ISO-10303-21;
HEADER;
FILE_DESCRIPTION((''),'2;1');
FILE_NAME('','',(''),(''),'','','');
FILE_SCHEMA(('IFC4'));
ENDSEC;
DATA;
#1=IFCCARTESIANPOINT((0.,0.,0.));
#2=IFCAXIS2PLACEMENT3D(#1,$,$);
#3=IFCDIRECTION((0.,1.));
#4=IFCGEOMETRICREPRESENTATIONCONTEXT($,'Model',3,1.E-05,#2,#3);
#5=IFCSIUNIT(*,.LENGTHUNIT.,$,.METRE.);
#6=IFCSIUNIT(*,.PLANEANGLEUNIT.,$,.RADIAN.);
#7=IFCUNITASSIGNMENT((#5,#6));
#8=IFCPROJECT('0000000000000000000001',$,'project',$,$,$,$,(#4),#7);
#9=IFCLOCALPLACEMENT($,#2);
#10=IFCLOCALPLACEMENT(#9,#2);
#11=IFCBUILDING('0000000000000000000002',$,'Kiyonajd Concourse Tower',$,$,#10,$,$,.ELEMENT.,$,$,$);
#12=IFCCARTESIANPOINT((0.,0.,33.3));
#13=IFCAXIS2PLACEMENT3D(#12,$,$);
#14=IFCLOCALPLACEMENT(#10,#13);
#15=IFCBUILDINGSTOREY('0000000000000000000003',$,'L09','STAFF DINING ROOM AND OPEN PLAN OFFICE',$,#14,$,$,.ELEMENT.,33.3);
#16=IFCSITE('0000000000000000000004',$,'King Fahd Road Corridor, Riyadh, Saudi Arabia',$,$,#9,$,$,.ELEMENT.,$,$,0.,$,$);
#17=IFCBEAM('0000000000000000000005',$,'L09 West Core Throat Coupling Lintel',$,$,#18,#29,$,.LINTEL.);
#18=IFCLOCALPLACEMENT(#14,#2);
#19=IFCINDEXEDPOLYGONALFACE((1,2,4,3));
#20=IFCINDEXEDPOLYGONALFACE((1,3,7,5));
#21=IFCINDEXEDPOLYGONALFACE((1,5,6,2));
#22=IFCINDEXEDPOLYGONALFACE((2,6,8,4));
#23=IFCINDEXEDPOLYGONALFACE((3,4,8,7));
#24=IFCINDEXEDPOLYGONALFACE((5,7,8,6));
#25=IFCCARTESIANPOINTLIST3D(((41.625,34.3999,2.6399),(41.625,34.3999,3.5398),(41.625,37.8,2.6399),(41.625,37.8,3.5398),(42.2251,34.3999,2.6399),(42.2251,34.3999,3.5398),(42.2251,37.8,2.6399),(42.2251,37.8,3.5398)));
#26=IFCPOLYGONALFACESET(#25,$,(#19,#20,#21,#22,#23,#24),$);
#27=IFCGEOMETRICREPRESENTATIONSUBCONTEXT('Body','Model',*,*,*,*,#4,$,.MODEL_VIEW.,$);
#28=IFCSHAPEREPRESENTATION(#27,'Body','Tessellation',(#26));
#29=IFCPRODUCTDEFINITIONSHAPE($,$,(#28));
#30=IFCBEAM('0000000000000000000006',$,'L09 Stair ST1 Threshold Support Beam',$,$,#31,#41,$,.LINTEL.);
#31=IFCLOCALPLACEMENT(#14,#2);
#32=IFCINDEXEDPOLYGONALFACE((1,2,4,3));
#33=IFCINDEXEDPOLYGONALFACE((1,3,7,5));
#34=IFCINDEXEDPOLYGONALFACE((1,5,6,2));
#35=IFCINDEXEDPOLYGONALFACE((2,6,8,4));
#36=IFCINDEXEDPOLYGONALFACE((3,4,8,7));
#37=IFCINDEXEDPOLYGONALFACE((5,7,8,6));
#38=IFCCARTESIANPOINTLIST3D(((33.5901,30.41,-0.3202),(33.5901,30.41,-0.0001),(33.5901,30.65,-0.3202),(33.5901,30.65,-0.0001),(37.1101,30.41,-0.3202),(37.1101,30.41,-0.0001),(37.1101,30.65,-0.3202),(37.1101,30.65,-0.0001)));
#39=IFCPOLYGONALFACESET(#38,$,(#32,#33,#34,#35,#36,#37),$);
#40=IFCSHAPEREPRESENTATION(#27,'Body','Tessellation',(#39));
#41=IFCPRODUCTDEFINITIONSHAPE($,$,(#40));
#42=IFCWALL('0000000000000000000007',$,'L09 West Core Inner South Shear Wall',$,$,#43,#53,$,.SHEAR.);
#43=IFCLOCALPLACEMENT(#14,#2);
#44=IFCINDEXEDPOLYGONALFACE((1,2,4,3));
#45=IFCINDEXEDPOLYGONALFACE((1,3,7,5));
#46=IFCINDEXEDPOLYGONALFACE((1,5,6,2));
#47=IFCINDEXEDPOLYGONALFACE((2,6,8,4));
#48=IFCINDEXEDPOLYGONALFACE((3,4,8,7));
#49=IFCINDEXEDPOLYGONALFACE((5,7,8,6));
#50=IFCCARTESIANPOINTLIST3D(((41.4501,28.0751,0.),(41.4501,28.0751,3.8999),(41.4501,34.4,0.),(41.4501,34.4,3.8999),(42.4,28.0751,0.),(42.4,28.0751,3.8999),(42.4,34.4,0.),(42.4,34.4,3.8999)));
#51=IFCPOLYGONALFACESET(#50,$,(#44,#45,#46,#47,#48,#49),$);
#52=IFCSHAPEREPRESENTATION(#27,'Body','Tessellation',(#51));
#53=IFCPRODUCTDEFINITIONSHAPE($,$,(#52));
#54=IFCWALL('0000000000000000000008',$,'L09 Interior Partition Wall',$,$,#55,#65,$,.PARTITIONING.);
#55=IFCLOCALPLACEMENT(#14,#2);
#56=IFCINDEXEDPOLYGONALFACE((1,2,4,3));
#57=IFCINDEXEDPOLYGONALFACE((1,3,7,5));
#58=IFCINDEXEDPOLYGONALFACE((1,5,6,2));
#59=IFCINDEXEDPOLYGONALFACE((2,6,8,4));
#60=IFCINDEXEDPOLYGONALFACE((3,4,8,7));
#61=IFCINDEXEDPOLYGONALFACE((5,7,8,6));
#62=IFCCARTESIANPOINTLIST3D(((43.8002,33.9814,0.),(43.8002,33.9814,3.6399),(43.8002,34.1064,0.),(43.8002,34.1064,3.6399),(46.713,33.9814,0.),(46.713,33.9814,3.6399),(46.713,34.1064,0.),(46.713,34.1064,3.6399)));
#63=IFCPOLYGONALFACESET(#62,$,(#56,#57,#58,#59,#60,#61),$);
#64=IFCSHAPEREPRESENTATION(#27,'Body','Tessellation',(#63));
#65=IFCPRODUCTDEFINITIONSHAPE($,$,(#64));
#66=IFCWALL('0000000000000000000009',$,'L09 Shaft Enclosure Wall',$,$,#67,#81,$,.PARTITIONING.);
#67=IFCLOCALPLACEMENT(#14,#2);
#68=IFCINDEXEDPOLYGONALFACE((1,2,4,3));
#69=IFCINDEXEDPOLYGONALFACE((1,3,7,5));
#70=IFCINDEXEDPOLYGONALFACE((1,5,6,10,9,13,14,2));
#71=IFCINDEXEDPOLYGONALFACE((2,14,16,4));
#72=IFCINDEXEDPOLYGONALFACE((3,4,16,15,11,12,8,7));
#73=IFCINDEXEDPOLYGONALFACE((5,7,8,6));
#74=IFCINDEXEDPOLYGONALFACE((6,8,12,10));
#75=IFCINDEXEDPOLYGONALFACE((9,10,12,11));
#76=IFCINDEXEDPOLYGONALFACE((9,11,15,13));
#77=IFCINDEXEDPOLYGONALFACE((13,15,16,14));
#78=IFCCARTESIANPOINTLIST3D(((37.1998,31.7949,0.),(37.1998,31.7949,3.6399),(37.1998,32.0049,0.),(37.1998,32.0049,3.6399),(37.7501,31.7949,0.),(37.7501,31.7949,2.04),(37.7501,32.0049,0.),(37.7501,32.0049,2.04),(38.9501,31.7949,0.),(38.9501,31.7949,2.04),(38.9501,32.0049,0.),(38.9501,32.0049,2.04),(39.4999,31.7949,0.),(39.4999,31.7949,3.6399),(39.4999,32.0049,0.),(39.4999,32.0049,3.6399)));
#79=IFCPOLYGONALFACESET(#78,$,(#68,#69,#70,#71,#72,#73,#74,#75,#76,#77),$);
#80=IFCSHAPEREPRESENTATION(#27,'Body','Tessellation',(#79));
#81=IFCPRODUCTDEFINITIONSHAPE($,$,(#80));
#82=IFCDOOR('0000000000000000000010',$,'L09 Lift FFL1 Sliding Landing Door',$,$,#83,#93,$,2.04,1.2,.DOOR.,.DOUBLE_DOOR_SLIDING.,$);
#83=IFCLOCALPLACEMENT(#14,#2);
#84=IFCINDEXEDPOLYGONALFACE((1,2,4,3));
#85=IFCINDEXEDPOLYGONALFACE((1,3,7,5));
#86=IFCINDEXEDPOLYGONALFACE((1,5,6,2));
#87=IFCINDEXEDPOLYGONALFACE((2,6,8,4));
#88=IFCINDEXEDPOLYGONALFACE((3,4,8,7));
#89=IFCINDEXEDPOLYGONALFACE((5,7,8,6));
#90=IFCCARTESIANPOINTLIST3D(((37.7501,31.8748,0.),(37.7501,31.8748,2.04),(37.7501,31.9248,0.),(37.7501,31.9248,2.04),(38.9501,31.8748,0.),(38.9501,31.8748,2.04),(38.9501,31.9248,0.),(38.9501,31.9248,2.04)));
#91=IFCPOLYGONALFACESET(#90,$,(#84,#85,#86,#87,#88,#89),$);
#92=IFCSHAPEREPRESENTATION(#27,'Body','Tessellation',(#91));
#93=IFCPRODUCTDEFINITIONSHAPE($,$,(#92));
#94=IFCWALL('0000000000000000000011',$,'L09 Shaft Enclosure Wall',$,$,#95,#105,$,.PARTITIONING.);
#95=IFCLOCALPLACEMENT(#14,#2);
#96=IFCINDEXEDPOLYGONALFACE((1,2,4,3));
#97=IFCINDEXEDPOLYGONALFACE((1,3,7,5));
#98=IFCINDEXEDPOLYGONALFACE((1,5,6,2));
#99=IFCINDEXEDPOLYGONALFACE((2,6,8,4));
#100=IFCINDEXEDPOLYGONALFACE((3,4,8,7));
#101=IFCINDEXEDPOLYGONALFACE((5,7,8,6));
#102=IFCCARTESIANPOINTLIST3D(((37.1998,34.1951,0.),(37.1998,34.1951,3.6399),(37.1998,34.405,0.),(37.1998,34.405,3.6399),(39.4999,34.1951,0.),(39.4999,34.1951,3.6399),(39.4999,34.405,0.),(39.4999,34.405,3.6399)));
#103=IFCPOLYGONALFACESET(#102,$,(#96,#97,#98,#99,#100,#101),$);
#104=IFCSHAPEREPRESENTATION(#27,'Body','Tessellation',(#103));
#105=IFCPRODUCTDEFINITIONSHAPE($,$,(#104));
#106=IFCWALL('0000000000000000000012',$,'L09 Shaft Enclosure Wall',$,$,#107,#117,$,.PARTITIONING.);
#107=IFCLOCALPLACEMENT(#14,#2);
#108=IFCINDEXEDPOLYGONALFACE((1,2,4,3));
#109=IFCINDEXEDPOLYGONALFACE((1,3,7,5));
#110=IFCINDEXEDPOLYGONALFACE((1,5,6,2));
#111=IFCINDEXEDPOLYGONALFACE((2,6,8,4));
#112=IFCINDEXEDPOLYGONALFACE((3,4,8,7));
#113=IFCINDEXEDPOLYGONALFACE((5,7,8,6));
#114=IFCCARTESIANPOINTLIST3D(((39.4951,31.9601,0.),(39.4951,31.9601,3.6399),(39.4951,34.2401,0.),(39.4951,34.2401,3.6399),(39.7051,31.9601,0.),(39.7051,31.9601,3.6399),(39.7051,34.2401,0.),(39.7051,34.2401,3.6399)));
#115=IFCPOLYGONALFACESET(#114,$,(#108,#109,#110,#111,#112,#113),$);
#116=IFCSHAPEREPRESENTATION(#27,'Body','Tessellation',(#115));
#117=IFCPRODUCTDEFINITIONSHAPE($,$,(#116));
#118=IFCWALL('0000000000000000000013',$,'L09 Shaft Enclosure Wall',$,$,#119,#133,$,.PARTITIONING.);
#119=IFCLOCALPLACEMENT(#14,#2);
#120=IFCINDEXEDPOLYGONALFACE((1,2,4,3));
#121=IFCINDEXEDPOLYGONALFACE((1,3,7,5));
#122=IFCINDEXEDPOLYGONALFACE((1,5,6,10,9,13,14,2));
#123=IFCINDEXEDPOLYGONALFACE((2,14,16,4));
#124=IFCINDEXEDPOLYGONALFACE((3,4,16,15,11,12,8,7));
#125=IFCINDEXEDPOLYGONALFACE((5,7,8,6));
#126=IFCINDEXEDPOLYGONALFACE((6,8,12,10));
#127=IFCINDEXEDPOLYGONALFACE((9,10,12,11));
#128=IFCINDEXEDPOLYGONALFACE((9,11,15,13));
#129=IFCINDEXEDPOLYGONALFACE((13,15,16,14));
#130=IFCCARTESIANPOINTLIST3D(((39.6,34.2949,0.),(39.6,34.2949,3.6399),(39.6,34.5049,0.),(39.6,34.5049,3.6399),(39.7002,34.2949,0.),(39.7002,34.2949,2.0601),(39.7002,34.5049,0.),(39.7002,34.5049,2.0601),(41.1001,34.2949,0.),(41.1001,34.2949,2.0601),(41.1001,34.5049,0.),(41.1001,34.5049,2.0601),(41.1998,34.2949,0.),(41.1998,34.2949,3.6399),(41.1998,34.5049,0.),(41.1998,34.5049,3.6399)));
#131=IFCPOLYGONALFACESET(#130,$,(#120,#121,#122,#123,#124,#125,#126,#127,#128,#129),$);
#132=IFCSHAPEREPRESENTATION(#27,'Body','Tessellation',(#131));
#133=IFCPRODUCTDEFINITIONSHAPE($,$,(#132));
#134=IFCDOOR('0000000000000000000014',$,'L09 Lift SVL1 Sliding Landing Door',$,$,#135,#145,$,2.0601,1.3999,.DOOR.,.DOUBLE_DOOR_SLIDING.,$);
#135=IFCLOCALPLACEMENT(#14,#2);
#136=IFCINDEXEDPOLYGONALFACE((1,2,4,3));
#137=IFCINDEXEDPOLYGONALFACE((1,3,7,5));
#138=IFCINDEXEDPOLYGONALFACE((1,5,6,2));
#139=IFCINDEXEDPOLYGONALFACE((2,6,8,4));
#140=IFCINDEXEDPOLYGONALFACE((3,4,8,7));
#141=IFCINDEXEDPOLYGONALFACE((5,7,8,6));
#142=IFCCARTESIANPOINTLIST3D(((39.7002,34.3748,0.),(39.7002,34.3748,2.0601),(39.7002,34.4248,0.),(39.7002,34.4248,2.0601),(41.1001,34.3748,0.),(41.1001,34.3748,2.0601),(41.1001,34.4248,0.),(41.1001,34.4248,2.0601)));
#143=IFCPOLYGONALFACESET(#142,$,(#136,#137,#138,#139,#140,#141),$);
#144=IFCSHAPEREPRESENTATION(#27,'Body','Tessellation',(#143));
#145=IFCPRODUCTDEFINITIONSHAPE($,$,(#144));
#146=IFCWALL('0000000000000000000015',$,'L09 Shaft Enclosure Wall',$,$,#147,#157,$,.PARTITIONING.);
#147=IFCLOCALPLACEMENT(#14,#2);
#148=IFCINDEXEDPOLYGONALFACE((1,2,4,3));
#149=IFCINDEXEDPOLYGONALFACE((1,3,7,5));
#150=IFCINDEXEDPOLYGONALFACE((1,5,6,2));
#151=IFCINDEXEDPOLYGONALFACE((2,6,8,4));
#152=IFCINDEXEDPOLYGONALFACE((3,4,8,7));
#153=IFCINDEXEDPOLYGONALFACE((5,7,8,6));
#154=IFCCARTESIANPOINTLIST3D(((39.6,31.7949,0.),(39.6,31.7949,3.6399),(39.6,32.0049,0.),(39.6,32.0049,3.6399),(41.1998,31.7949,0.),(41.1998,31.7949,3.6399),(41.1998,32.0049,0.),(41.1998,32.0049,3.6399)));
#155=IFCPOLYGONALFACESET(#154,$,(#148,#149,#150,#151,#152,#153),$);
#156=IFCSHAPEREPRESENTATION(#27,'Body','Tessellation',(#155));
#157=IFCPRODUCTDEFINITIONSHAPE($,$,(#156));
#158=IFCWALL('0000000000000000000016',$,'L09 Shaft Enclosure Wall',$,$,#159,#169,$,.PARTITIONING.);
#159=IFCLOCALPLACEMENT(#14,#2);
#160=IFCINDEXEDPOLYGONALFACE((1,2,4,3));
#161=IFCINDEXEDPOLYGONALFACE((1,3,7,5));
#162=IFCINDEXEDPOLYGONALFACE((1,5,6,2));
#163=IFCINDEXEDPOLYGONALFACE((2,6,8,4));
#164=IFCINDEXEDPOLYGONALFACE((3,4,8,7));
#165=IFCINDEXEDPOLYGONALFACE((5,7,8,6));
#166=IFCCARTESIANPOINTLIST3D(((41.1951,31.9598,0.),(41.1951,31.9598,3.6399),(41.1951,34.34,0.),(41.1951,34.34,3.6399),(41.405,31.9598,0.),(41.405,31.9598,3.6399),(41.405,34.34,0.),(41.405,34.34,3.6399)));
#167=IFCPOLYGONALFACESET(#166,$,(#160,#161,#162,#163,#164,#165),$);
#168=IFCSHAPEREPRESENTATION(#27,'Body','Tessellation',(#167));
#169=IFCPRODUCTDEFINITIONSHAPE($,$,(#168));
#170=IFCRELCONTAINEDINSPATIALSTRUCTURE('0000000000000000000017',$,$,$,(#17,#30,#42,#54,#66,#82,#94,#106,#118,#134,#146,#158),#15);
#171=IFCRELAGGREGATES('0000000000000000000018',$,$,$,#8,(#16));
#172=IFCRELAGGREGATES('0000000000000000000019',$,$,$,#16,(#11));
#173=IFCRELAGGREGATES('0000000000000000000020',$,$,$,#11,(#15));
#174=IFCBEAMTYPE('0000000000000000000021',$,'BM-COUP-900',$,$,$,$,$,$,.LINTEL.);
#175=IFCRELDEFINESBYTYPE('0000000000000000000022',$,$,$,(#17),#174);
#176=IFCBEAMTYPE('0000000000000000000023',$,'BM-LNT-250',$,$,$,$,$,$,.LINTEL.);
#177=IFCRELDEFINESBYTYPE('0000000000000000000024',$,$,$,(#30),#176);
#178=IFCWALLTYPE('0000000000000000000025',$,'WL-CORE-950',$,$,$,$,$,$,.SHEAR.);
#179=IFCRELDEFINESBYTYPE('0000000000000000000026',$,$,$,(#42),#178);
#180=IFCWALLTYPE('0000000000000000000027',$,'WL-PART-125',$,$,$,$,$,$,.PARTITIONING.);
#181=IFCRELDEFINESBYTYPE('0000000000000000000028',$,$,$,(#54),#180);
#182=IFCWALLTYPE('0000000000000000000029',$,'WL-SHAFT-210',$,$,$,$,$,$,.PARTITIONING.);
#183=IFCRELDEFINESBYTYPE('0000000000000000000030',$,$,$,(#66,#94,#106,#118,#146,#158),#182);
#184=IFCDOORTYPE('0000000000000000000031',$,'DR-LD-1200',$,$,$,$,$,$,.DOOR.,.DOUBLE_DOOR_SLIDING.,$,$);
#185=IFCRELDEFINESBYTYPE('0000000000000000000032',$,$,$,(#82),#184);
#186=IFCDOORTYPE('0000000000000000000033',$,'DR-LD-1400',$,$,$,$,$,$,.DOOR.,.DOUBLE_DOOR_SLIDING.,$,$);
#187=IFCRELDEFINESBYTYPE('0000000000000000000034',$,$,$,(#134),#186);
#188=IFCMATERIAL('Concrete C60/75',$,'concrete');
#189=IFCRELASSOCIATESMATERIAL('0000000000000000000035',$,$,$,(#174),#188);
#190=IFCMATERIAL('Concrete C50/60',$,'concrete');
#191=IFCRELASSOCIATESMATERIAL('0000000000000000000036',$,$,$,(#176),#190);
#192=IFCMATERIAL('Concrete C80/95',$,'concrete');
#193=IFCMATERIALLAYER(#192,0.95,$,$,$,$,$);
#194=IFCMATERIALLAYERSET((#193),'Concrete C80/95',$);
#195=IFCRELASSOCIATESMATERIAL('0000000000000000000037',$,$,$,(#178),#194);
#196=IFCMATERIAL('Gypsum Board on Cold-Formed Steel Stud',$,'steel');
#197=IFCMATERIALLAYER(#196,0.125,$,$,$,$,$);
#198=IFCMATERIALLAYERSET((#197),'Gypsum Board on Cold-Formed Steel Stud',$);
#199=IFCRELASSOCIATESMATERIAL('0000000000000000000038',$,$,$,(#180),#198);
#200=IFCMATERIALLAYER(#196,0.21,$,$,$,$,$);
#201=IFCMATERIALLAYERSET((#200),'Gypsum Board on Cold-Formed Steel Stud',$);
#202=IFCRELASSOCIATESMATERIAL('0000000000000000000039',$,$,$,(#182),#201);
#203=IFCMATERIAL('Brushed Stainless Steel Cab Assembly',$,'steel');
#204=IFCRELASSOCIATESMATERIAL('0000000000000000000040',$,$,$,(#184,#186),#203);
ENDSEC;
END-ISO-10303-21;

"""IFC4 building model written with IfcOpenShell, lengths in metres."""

from ifc_helpers import new_model, si_unit, direction, frame, frame_2d, origin, origin_2d, place, context, subcontext, project, spatial, rectangle, extrude, material, layer, layer_set, material_profile, profile_set, type_object, element, fill, save


model = new_model("IFC4")

# Units and contexts
model_context = context("Model", 3, precision=1e-05, world=origin(), true_north=direction((0.0, 1.0)))
body_context = subcontext(model_context, "Body", "Model", "MODEL_VIEW")
ifc_project = project(units=[si_unit("LENGTHUNIT", "METRE"), si_unit("PLANEANGLEUNIT", "RADIAN")], contexts=[model_context])

# Site, building, storey
site_placement = place(None, origin())
site = spatial("IfcSite", under=ifc_project, at=site_placement, Name="King Fahd Road Corridor, Riyadh, Saudi Arabia", CompositionType="ELEMENT", RefElevation=0.0)
building_placement = place(site_placement, origin())
building = spatial("IfcBuilding", under=site, at=building_placement, Name="Kiyonajd Concourse Tower", CompositionType="ELEMENT")
storey_placement = place(building_placement, frame((0.0, 0.0, 33.3)))
storey = spatial("IfcBuildingStorey", under=building, at=storey_placement, Name="L09", Description="STAFF DINING ROOM AND OPEN PLAN OFFICE", CompositionType="ELEMENT", Elevation=33.3)

# Beams
ifc_material_1 = material(Name="Concrete C60/75", Category="concrete")
ifc_material_profile_1 = material_profile(ifc_material_1, rectangle(XDim=0.6001, YDim=0.8999, at=origin_2d()), Name="RCBM-600x900")
ifc_profile_set_1 = profile_set([ifc_material_profile_1], Name="Concrete C60/75")
beam_type_1 = type_object("IfcBeamType", Name="BM-COUP-900", PredefinedType="LINTEL", material=ifc_profile_set_1)
beam_1_placement = place(storey_placement, frame((41.925, 34.3999, 3.0898), z_axis=(0.0, 1.0, 0.0), x_axis=(-1.0, 0.0, 0.0)))
element("IfcBeam", 1, at=beam_1_placement, inside=storey, type_object=beam_type_1, Name="L09 West Core Throat Coupling Lintel", PredefinedType="LINTEL", context=body_context, shape_type="SweptSolid", body=[
    extrude(rectangle(XDim=0.6001, YDim=0.8999, at=origin_2d()), origin(), (0.0, 0.0, 1.0), 3.4001),
])
ifc_material_2 = material(Name="Concrete C50/60", Category="concrete")
ifc_material_profile_2 = material_profile(ifc_material_2, rectangle(XDim=0.24, YDim=0.3201, at=origin_2d()), Name="RCBM-240x320")
ifc_profile_set_2 = profile_set([ifc_material_profile_2], Name="Concrete C50/60")
beam_type_2 = type_object("IfcBeamType", Name="BM-LNT-250", PredefinedType="LINTEL", material=ifc_profile_set_2)
beam_2_placement = place(storey_placement, frame((33.5901, 30.53, -0.1602), z_axis=(1.0, 0.0, 0.0), x_axis=(0.0, 1.0, 0.0)))
element("IfcBeam", 2, at=beam_2_placement, inside=storey, type_object=beam_type_2, Name="L09 Stair ST1 Threshold Support Beam", PredefinedType="LINTEL", context=body_context, shape_type="SweptSolid", body=[
    extrude(rectangle(XDim=0.24, YDim=0.3201, at=origin_2d()), origin(), (0.0, 0.0, 1.0), 3.52),
])

# Walls
ifc_material_3 = material(Name="Concrete C80/95", Category="concrete")
ifc_layer_1 = layer(ifc_material_3, 0.95)
ifc_layer_set_1 = layer_set([ifc_layer_1], Name="Concrete C80/95")
wall_type_1 = type_object("IfcWallType", Name="WL-CORE-950", PredefinedType="SHEAR", material=ifc_layer_set_1)
wall_1_placement = place(storey_placement, frame((41.925, 28.075, 0.0), z_axis=(0.0, 0.0, 1.0), x_axis=(0.0, 1.0, 0.0)))
element("IfcWall", 3, at=wall_1_placement, inside=storey, type_object=wall_type_1, Name="L09 West Core Inner South Shear Wall", PredefinedType="SHEAR", context=body_context, shape_type="SweptSolid", body=[
    extrude(rectangle(XDim=6.325, YDim=0.95, at=frame_2d((3.1626, 0.0))), origin(), (0.0, 0.0, 1.0), 3.8999),
])
ifc_material_4 = material(Name="Gypsum Board on Cold-Formed Steel Stud", Category="steel")
ifc_layer_2 = layer(ifc_material_4, 0.125)
ifc_layer_set_2 = layer_set([ifc_layer_2], Name="Gypsum Board on Cold-Formed Steel Stud")
wall_type_2 = type_object("IfcWallType", Name="WL-PART-125", PredefinedType="PARTITIONING", material=ifc_layer_set_2)
wall_2_placement = place(storey_placement, frame((43.8, 34.0439, 0.0), z_axis=(0.0, 0.0, 1.0), x_axis=(1.0, 0.0, 0.0)))
element("IfcWall", 4, at=wall_2_placement, inside=storey, type_object=wall_type_2, Name="L09 Interior Partition Wall", PredefinedType="PARTITIONING", context=body_context, shape_type="SweptSolid", body=[
    extrude(rectangle(XDim=2.9128, YDim=0.125, at=frame_2d((1.4565, 0.0))), origin(), (0.0, 0.0, 1.0), 3.6399),
])

# Wall, opening, door
ifc_layer_3 = layer(ifc_material_4, 0.21)
ifc_layer_set_3 = layer_set([ifc_layer_3], Name="Gypsum Board on Cold-Formed Steel Stud")
wall_type_3 = type_object("IfcWallType", Name="WL-SHAFT-210", PredefinedType="PARTITIONING", material=ifc_layer_set_3)
wall_3_placement = place(storey_placement, frame((37.2, 31.8999, 0.0), z_axis=(0.0, 0.0, 1.0), x_axis=(1.0, 0.0, 0.0)))
wall_3 = element("IfcWall", 5, at=wall_3_placement, inside=storey, type_object=wall_type_3, Name="L09 Shaft Enclosure Wall", PredefinedType="PARTITIONING", context=body_context, shape_type="SweptSolid", body=[
    extrude(rectangle(XDim=2.3, YDim=0.21, at=frame_2d((1.1499, 0.0))), origin(), (0.0, 0.0, 1.0), 3.6399),
])
opening_1_placement = place(wall_3_placement, frame((0.55, 0.0, 0.0)))
opening_1 = element("IfcOpeningElement", 6, at=opening_1_placement, cuts=wall_3, PredefinedType="OPENING", context=body_context, shape_type="SweptSolid", body=[
    extrude(rectangle(XDim=1.2, YDim=2.04, at=frame_2d((0.6001, 1.02))), frame((0.0, 0.115, 0.0), z_axis=(0.0, -1.0, 0.0), x_axis=(1.0, 0.0, 0.0)), (0.0, 0.0, 1.0), 0.23),
])
ifc_material_5 = material(Name="Brushed Stainless Steel Cab Assembly", Category="steel")
door_type_1 = type_object("IfcDoorType", Name="DR-LD-1200", OperationType="DOUBLE_DOOR_SLIDING", PredefinedType="DOOR", material=ifc_material_5)
door_1_placement = place(opening_1_placement, origin())
door_1 = element("IfcDoor", 7, at=door_1_placement, inside=storey, type_object=door_type_1, Name="L09 Lift FFL1 Sliding Landing Door", OperationType="DOUBLE_DOOR_SLIDING", OverallHeight=2.04, OverallWidth=1.2, PredefinedType="DOOR", context=body_context, shape_type="SweptSolid", body=[
    extrude(rectangle(XDim=1.2, YDim=2.04, at=frame_2d((0.6001, 1.02))), frame((0.0, 0.0249, 0.0), z_axis=(0.0, -1.0, 0.0), x_axis=(1.0, 0.0, 0.0)), (0.0, 0.0, 1.0), 0.05),
])
fill(opening_1, door_1)

# Walls
wall_4_placement = place(storey_placement, frame((37.2, 34.3, 0.0), z_axis=(0.0, 0.0, 1.0), x_axis=(1.0, 0.0, 0.0)))
element("IfcWall", 8, at=wall_4_placement, inside=storey, type_object=wall_type_3, Name="L09 Shaft Enclosure Wall", PredefinedType="PARTITIONING", context=body_context, shape_type="SweptSolid", body=[
    extrude(rectangle(XDim=2.3, YDim=0.21, at=frame_2d((1.1499, 0.0))), origin(), (0.0, 0.0, 1.0), 3.6399),
])
wall_5_placement = place(storey_placement, frame((39.6001, 31.96, 0.0), z_axis=(0.0, 0.0, 1.0), x_axis=(0.0, 1.0, 0.0)))
element("IfcWall", 9, at=wall_5_placement, inside=storey, type_object=wall_type_3, Name="L09 Shaft Enclosure Wall", PredefinedType="PARTITIONING", context=body_context, shape_type="SweptSolid", body=[
    extrude(rectangle(XDim=2.28, YDim=0.21, at=frame_2d((1.1401, 0.0))), origin(), (0.0, 0.0, 1.0), 3.6399),
])

# Wall, opening, door
wall_6_placement = place(storey_placement, frame((39.6001, 34.3999, 0.0), z_axis=(0.0, 0.0, 1.0), x_axis=(1.0, 0.0, 0.0)))
wall_6 = element("IfcWall", 10, at=wall_6_placement, inside=storey, type_object=wall_type_3, Name="L09 Shaft Enclosure Wall", PredefinedType="PARTITIONING", context=body_context, shape_type="SweptSolid", body=[
    extrude(rectangle(XDim=1.5999, YDim=0.21, at=frame_2d((0.7998, 0.0))), origin(), (0.0, 0.0, 1.0), 3.6399),
])
opening_2_placement = place(wall_6_placement, frame((0.1001, 0.0, 0.0)))
opening_2 = element("IfcOpeningElement", 11, at=opening_2_placement, cuts=wall_6, PredefinedType="OPENING", context=body_context, shape_type="SweptSolid", body=[
    extrude(rectangle(XDim=1.3999, YDim=2.0601, at=frame_2d((0.7, 1.03))), frame((0.0, 0.115, 0.0), z_axis=(0.0, -1.0, 0.0), x_axis=(1.0, 0.0, 0.0)), (0.0, 0.0, 1.0), 0.23),
])
door_type_2 = type_object("IfcDoorType", Name="DR-LD-1400", OperationType="DOUBLE_DOOR_SLIDING", PredefinedType="DOOR", material=ifc_material_5)
door_2_placement = place(opening_2_placement, origin())
door_2 = element("IfcDoor", 12, at=door_2_placement, inside=storey, type_object=door_type_2, Name="L09 Lift SVL1 Sliding Landing Door", OperationType="DOUBLE_DOOR_SLIDING", OverallHeight=2.0601, OverallWidth=1.3999, PredefinedType="DOOR", context=body_context, shape_type="SweptSolid", body=[
    extrude(rectangle(XDim=1.3999, YDim=2.0601, at=frame_2d((0.7, 1.03))), frame((0.0, 0.0249, 0.0), z_axis=(0.0, -1.0, 0.0), x_axis=(1.0, 0.0, 0.0)), (0.0, 0.0, 1.0), 0.05),
])
fill(opening_2, door_2)

# Walls
wall_7_placement = place(storey_placement, frame((39.6001, 31.8999, 0.0), z_axis=(0.0, 0.0, 1.0), x_axis=(1.0, 0.0, 0.0)))
element("IfcWall", 13, at=wall_7_placement, inside=storey, type_object=wall_type_3, Name="L09 Shaft Enclosure Wall", PredefinedType="PARTITIONING", context=body_context, shape_type="SweptSolid", body=[
    extrude(rectangle(XDim=1.5999, YDim=0.21, at=frame_2d((0.7998, 0.0))), origin(), (0.0, 0.0, 1.0), 3.6399),
])
wall_8_placement = place(storey_placement, frame((41.3, 31.96, 0.0), z_axis=(0.0, 0.0, 1.0), x_axis=(0.0, 1.0, 0.0)))
element("IfcWall", 14, at=wall_8_placement, inside=storey, type_object=wall_type_3, Name="L09 Shaft Enclosure Wall", PredefinedType="PARTITIONING", context=body_context, shape_type="SweptSolid", body=[
    extrude(rectangle(XDim=2.3801, YDim=0.21, at=frame_2d((1.1899, 0.0))), origin(), (0.0, 0.0, 1.0), 3.6399),
])

save(model, "model.ifc")
